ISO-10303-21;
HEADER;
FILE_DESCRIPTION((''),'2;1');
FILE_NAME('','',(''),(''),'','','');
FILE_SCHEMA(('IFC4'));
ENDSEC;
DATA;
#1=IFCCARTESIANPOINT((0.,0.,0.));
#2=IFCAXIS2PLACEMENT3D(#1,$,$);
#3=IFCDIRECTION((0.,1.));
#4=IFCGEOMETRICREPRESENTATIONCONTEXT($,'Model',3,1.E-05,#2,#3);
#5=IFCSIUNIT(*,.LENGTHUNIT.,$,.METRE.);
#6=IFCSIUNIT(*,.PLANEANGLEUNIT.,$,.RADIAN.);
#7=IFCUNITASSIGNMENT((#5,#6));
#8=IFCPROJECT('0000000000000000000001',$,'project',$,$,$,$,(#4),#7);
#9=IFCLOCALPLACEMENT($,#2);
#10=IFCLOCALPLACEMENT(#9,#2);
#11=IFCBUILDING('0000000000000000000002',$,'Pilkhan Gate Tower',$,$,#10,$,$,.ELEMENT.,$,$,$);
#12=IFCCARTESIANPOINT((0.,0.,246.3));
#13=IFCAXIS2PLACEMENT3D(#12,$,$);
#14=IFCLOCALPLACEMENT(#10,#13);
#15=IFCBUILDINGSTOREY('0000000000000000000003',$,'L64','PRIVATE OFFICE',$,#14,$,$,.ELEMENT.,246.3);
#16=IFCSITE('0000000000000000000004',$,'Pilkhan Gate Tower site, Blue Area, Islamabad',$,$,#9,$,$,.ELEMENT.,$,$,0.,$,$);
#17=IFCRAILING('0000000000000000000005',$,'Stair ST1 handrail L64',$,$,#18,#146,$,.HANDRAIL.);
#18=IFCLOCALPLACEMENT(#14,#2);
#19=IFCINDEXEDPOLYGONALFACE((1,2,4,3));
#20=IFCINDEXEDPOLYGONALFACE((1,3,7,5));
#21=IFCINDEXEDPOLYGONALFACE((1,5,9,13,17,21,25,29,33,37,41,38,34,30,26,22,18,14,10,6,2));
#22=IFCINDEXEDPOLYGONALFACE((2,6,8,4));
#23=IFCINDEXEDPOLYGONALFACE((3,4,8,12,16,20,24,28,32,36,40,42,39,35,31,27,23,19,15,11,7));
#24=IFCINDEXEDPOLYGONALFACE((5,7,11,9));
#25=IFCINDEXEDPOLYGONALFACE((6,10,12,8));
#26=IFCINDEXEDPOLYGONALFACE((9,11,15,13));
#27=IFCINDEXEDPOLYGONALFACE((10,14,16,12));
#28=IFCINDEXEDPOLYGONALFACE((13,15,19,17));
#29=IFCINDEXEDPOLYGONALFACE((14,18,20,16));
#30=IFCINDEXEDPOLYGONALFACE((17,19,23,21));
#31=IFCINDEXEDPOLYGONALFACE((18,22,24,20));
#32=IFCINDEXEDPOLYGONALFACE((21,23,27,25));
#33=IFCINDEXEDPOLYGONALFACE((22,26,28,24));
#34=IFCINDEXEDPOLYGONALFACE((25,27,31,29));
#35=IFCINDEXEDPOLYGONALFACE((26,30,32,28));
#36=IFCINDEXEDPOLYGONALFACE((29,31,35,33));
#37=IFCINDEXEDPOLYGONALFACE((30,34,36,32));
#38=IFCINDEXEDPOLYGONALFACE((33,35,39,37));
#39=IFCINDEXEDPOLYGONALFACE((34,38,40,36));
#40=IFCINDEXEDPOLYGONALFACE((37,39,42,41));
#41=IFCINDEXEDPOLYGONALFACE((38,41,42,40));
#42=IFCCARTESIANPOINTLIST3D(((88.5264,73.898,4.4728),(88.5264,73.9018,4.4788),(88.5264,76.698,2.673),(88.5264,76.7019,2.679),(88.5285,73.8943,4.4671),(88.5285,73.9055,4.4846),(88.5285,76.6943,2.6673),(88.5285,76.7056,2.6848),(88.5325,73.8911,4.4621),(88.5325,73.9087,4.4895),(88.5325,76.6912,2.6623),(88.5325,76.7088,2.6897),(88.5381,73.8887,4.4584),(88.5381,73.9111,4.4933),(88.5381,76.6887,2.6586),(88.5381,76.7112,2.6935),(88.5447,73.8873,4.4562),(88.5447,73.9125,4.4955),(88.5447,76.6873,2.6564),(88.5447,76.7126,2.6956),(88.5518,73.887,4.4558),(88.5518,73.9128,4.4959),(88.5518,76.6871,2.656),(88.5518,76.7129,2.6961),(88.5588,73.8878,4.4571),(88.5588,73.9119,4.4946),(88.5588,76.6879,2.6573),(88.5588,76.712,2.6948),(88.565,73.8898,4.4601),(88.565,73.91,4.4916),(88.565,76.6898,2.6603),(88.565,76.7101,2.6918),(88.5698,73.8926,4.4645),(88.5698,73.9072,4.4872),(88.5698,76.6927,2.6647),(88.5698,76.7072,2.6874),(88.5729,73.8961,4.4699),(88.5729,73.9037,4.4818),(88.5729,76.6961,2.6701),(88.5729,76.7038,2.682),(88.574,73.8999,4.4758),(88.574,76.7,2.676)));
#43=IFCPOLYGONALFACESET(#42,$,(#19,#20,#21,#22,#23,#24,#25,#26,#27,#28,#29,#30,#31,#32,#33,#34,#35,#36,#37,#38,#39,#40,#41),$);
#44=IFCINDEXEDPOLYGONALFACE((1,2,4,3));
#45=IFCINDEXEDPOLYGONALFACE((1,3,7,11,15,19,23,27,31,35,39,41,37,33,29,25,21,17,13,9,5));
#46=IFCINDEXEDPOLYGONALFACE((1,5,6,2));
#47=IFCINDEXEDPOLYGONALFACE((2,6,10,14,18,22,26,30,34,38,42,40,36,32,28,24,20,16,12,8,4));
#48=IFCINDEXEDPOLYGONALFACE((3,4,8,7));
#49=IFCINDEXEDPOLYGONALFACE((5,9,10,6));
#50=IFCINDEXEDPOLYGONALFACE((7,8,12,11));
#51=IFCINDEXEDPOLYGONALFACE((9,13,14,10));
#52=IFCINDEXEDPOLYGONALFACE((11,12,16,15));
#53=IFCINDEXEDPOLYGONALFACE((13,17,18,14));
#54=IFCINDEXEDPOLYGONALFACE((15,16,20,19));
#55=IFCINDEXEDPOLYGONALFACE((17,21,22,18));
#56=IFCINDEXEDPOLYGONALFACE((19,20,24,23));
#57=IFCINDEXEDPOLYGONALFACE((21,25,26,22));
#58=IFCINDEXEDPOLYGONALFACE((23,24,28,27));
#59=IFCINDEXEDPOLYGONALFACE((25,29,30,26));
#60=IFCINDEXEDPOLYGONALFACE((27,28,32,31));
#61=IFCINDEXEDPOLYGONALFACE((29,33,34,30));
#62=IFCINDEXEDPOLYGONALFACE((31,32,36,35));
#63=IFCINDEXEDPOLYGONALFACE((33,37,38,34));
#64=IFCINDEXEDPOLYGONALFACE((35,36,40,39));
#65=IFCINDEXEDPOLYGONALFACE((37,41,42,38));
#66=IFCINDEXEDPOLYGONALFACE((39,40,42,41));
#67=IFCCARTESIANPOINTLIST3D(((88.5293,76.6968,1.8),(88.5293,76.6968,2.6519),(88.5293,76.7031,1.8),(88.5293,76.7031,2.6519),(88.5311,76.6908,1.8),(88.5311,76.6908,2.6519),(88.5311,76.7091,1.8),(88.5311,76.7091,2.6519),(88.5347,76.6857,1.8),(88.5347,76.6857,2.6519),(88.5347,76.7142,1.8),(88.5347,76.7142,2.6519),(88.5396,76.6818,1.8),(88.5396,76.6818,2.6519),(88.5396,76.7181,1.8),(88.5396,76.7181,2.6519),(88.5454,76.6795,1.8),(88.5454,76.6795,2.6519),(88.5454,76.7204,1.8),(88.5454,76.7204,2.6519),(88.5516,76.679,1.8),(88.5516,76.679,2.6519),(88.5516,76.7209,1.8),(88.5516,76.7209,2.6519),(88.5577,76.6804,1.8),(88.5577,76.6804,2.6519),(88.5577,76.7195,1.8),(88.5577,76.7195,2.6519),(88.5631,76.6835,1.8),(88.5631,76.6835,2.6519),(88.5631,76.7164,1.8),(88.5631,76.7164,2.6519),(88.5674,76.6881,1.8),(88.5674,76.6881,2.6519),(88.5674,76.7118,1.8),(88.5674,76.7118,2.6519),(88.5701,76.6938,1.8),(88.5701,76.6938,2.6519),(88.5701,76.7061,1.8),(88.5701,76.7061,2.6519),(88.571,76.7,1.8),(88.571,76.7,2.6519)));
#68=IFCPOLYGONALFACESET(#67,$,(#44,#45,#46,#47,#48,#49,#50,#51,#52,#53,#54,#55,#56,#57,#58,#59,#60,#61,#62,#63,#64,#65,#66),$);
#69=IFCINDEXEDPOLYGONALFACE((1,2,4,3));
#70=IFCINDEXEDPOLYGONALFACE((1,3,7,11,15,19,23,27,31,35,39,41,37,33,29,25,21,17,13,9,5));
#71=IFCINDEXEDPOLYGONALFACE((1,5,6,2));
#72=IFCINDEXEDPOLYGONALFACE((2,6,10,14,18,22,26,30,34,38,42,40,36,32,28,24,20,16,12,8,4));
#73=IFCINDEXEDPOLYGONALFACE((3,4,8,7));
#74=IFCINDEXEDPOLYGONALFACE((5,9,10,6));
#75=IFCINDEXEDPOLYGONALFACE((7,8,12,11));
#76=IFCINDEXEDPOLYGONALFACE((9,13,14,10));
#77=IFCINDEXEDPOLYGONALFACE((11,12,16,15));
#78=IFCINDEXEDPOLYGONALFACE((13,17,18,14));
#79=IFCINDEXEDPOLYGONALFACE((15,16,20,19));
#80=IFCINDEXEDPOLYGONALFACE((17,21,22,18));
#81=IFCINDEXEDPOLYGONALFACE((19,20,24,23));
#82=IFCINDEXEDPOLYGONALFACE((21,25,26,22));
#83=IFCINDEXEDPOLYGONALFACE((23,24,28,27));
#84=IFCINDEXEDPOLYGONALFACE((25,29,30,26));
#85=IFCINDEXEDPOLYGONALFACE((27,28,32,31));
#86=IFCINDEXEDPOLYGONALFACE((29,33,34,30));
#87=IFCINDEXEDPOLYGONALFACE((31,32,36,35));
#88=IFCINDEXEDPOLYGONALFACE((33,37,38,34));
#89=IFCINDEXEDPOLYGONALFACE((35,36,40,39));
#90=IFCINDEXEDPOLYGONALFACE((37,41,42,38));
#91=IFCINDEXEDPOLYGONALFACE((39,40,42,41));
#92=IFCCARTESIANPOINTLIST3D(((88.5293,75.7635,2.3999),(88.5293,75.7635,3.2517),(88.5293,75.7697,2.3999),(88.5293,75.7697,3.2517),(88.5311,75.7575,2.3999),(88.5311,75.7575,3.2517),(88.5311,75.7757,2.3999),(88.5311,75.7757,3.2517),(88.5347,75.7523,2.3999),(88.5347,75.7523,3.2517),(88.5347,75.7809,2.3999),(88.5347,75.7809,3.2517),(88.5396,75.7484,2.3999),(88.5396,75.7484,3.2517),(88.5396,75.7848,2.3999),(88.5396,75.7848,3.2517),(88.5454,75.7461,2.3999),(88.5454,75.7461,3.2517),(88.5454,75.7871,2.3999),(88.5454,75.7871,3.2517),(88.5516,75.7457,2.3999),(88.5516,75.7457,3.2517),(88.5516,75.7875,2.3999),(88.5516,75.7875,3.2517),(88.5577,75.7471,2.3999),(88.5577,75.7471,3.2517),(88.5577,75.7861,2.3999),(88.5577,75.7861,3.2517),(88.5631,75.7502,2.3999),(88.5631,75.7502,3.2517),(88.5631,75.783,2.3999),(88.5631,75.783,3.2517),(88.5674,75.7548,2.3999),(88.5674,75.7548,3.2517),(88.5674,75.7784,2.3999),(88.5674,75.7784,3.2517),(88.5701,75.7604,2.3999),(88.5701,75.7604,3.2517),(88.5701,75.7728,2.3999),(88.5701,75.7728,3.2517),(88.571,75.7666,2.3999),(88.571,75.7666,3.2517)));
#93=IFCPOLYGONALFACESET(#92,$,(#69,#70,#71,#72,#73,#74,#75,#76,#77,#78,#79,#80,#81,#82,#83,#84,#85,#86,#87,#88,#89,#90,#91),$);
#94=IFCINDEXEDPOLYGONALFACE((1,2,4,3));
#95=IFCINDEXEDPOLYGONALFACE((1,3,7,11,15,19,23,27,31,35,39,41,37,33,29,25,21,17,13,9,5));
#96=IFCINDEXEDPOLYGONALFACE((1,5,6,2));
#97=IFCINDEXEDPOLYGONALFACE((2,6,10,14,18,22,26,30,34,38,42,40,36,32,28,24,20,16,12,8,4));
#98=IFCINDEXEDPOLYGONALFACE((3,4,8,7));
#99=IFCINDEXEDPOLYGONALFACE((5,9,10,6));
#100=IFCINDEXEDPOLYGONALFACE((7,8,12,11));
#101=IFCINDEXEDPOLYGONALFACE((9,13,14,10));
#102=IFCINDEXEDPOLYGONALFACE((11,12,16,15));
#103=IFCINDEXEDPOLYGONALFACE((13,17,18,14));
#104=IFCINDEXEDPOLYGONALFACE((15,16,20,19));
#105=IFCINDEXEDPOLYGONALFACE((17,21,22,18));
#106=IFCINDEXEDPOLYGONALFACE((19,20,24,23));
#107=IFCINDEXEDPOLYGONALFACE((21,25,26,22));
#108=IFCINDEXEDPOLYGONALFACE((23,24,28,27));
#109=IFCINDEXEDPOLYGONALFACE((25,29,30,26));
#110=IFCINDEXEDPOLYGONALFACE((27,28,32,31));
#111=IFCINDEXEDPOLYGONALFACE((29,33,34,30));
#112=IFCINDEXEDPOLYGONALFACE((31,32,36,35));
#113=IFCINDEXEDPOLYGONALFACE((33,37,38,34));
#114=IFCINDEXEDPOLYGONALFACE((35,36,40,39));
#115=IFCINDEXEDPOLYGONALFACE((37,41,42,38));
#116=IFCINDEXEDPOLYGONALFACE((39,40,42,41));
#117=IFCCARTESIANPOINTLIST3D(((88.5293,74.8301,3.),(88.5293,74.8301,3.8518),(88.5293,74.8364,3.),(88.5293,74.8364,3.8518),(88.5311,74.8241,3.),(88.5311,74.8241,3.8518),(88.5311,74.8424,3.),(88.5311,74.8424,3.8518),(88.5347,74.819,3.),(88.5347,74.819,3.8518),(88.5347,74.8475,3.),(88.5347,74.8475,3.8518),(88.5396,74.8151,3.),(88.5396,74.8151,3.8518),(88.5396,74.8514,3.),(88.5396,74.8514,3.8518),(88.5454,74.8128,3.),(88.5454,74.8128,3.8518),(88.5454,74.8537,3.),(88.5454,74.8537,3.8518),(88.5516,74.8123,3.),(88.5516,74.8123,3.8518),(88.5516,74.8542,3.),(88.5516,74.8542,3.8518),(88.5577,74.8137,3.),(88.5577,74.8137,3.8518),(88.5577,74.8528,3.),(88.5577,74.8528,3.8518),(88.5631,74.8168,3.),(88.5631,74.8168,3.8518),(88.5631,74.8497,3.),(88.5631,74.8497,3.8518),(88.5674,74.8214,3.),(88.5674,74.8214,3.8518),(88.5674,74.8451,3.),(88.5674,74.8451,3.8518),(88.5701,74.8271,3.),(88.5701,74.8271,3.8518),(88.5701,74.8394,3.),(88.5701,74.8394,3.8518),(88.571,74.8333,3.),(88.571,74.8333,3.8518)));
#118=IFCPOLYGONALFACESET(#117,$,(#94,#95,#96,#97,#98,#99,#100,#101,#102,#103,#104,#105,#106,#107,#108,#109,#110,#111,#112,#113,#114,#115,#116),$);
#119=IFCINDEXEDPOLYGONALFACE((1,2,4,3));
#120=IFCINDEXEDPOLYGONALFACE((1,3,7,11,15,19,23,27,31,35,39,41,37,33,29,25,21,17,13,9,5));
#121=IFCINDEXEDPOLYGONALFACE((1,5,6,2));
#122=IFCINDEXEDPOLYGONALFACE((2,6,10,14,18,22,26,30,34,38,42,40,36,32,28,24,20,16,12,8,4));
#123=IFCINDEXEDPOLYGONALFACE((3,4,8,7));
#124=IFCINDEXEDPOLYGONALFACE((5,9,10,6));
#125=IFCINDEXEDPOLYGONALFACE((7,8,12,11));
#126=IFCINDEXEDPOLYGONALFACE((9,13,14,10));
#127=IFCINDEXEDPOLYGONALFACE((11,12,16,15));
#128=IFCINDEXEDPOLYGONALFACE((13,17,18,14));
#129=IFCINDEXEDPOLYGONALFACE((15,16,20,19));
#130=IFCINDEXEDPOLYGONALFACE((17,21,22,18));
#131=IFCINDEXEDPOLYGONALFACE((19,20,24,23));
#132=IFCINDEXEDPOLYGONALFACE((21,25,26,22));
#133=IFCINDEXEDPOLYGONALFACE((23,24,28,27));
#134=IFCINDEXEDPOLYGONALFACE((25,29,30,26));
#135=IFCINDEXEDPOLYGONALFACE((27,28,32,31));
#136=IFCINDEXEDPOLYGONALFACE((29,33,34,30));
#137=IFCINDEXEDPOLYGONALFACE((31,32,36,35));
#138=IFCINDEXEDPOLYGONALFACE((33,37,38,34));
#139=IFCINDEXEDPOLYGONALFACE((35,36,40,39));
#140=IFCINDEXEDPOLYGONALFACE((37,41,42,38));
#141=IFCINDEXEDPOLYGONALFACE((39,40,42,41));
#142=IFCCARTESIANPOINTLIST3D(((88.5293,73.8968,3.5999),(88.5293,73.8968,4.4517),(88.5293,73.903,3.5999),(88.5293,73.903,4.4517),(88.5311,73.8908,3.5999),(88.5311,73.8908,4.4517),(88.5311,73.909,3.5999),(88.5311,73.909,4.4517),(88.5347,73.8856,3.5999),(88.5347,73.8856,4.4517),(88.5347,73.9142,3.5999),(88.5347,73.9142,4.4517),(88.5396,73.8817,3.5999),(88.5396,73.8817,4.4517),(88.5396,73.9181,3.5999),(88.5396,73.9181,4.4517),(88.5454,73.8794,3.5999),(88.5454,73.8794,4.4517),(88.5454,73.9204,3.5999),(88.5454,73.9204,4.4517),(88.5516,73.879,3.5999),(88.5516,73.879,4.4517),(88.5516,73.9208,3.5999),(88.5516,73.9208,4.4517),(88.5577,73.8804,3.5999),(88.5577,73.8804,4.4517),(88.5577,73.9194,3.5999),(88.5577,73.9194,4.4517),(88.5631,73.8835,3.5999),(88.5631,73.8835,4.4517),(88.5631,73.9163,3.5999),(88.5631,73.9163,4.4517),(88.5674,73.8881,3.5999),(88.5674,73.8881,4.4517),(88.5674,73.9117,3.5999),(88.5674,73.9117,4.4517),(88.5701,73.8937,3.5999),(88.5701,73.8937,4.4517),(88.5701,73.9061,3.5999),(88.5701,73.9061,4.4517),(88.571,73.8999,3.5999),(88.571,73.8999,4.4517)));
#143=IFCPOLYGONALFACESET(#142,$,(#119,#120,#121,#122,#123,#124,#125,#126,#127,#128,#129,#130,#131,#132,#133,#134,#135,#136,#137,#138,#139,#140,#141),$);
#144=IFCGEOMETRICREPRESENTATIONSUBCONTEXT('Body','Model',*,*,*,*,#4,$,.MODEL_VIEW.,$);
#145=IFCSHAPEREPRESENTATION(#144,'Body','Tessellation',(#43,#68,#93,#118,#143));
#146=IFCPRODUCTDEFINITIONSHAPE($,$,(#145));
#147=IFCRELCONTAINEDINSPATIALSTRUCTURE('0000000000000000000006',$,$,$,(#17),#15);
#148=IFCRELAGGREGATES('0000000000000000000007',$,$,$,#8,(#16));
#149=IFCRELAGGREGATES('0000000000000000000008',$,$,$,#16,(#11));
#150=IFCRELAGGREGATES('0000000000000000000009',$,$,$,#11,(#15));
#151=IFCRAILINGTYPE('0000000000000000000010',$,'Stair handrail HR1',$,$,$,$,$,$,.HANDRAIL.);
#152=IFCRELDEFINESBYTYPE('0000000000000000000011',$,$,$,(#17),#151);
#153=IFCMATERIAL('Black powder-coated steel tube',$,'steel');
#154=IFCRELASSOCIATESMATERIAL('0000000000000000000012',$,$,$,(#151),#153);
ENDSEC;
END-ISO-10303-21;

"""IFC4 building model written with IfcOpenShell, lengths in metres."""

from ifc_helpers import new_model, si_unit, direction, frame, origin, origin_2d, place, context, subcontext, project, spatial, circle, extrude, material, type_object, element, save


model = new_model("IFC4")

# Units and contexts
model_context = context("Model", 3, precision=1e-05, world=origin(), true_north=direction((0.0, 1.0)))
body_context = subcontext(model_context, "Body", "Model", "MODEL_VIEW")
ifc_project = project(units=[si_unit("LENGTHUNIT", "METRE"), si_unit("PLANEANGLEUNIT", "RADIAN")], contexts=[model_context])

# Site, building, storey
site_placement = place(None, origin())
site = spatial("IfcSite", under=ifc_project, at=site_placement, Name="Pilkhan Gate Tower site, Blue Area, Islamabad", CompositionType="ELEMENT", RefElevation=0.0)
building_placement = place(site_placement, origin())
building = spatial("IfcBuilding", under=site, at=building_placement, Name="Pilkhan Gate Tower", CompositionType="ELEMENT")
storey_placement = place(building_placement, frame((0.0, 0.0, 246.3)))
storey = spatial("IfcBuildingStorey", under=building, at=storey_placement, Name="L64", Description="PRIVATE OFFICE", CompositionType="ELEMENT", Elevation=246.3)

# Railing
ifc_material_1 = material(Name="Black powder-coated steel tube", Category="steel")
railing_type_1 = type_object("IfcRailingType", Name="Stair handrail HR1", PredefinedType="HANDRAIL", material=ifc_material_1)
railing_1_placement = place(storey_placement, frame((88.55, 76.7, 1.8)))
element("IfcRailing", 1, at=railing_1_placement, inside=storey, type_object=railing_type_1, Name="Stair ST1 handrail L64", PredefinedType="HANDRAIL", context=body_context, shape_type="SweptSolid", body=[
    extrude(circle(Radius=0.0239, at=origin_2d()), frame((0.0, 0.0, 0.876), z_axis=(0.0, -0.841209, 0.540709), x_axis=(1.0, 0.0, 0.0)), (0.0, 0.0, 1.0), 3.3286),
    extrude(circle(Radius=0.021, at=origin_2d()), origin(), (0.0, 0.0, 1.0), 0.8518),
    extrude(circle(Radius=0.021, at=origin_2d()), frame((0.0, -0.9333, 0.5999)), (0.0, 0.0, 1.0), 0.8518),
    extrude(circle(Radius=0.021, at=origin_2d()), frame((0.0, -1.8667, 1.2)), (0.0, 0.0, 1.0), 0.8518),
    extrude(circle(Radius=0.021, at=origin_2d()), frame((0.0, -2.8, 1.7998)), (0.0, 0.0, 1.0), 0.8518),
])

save(model, "model.ifc")
